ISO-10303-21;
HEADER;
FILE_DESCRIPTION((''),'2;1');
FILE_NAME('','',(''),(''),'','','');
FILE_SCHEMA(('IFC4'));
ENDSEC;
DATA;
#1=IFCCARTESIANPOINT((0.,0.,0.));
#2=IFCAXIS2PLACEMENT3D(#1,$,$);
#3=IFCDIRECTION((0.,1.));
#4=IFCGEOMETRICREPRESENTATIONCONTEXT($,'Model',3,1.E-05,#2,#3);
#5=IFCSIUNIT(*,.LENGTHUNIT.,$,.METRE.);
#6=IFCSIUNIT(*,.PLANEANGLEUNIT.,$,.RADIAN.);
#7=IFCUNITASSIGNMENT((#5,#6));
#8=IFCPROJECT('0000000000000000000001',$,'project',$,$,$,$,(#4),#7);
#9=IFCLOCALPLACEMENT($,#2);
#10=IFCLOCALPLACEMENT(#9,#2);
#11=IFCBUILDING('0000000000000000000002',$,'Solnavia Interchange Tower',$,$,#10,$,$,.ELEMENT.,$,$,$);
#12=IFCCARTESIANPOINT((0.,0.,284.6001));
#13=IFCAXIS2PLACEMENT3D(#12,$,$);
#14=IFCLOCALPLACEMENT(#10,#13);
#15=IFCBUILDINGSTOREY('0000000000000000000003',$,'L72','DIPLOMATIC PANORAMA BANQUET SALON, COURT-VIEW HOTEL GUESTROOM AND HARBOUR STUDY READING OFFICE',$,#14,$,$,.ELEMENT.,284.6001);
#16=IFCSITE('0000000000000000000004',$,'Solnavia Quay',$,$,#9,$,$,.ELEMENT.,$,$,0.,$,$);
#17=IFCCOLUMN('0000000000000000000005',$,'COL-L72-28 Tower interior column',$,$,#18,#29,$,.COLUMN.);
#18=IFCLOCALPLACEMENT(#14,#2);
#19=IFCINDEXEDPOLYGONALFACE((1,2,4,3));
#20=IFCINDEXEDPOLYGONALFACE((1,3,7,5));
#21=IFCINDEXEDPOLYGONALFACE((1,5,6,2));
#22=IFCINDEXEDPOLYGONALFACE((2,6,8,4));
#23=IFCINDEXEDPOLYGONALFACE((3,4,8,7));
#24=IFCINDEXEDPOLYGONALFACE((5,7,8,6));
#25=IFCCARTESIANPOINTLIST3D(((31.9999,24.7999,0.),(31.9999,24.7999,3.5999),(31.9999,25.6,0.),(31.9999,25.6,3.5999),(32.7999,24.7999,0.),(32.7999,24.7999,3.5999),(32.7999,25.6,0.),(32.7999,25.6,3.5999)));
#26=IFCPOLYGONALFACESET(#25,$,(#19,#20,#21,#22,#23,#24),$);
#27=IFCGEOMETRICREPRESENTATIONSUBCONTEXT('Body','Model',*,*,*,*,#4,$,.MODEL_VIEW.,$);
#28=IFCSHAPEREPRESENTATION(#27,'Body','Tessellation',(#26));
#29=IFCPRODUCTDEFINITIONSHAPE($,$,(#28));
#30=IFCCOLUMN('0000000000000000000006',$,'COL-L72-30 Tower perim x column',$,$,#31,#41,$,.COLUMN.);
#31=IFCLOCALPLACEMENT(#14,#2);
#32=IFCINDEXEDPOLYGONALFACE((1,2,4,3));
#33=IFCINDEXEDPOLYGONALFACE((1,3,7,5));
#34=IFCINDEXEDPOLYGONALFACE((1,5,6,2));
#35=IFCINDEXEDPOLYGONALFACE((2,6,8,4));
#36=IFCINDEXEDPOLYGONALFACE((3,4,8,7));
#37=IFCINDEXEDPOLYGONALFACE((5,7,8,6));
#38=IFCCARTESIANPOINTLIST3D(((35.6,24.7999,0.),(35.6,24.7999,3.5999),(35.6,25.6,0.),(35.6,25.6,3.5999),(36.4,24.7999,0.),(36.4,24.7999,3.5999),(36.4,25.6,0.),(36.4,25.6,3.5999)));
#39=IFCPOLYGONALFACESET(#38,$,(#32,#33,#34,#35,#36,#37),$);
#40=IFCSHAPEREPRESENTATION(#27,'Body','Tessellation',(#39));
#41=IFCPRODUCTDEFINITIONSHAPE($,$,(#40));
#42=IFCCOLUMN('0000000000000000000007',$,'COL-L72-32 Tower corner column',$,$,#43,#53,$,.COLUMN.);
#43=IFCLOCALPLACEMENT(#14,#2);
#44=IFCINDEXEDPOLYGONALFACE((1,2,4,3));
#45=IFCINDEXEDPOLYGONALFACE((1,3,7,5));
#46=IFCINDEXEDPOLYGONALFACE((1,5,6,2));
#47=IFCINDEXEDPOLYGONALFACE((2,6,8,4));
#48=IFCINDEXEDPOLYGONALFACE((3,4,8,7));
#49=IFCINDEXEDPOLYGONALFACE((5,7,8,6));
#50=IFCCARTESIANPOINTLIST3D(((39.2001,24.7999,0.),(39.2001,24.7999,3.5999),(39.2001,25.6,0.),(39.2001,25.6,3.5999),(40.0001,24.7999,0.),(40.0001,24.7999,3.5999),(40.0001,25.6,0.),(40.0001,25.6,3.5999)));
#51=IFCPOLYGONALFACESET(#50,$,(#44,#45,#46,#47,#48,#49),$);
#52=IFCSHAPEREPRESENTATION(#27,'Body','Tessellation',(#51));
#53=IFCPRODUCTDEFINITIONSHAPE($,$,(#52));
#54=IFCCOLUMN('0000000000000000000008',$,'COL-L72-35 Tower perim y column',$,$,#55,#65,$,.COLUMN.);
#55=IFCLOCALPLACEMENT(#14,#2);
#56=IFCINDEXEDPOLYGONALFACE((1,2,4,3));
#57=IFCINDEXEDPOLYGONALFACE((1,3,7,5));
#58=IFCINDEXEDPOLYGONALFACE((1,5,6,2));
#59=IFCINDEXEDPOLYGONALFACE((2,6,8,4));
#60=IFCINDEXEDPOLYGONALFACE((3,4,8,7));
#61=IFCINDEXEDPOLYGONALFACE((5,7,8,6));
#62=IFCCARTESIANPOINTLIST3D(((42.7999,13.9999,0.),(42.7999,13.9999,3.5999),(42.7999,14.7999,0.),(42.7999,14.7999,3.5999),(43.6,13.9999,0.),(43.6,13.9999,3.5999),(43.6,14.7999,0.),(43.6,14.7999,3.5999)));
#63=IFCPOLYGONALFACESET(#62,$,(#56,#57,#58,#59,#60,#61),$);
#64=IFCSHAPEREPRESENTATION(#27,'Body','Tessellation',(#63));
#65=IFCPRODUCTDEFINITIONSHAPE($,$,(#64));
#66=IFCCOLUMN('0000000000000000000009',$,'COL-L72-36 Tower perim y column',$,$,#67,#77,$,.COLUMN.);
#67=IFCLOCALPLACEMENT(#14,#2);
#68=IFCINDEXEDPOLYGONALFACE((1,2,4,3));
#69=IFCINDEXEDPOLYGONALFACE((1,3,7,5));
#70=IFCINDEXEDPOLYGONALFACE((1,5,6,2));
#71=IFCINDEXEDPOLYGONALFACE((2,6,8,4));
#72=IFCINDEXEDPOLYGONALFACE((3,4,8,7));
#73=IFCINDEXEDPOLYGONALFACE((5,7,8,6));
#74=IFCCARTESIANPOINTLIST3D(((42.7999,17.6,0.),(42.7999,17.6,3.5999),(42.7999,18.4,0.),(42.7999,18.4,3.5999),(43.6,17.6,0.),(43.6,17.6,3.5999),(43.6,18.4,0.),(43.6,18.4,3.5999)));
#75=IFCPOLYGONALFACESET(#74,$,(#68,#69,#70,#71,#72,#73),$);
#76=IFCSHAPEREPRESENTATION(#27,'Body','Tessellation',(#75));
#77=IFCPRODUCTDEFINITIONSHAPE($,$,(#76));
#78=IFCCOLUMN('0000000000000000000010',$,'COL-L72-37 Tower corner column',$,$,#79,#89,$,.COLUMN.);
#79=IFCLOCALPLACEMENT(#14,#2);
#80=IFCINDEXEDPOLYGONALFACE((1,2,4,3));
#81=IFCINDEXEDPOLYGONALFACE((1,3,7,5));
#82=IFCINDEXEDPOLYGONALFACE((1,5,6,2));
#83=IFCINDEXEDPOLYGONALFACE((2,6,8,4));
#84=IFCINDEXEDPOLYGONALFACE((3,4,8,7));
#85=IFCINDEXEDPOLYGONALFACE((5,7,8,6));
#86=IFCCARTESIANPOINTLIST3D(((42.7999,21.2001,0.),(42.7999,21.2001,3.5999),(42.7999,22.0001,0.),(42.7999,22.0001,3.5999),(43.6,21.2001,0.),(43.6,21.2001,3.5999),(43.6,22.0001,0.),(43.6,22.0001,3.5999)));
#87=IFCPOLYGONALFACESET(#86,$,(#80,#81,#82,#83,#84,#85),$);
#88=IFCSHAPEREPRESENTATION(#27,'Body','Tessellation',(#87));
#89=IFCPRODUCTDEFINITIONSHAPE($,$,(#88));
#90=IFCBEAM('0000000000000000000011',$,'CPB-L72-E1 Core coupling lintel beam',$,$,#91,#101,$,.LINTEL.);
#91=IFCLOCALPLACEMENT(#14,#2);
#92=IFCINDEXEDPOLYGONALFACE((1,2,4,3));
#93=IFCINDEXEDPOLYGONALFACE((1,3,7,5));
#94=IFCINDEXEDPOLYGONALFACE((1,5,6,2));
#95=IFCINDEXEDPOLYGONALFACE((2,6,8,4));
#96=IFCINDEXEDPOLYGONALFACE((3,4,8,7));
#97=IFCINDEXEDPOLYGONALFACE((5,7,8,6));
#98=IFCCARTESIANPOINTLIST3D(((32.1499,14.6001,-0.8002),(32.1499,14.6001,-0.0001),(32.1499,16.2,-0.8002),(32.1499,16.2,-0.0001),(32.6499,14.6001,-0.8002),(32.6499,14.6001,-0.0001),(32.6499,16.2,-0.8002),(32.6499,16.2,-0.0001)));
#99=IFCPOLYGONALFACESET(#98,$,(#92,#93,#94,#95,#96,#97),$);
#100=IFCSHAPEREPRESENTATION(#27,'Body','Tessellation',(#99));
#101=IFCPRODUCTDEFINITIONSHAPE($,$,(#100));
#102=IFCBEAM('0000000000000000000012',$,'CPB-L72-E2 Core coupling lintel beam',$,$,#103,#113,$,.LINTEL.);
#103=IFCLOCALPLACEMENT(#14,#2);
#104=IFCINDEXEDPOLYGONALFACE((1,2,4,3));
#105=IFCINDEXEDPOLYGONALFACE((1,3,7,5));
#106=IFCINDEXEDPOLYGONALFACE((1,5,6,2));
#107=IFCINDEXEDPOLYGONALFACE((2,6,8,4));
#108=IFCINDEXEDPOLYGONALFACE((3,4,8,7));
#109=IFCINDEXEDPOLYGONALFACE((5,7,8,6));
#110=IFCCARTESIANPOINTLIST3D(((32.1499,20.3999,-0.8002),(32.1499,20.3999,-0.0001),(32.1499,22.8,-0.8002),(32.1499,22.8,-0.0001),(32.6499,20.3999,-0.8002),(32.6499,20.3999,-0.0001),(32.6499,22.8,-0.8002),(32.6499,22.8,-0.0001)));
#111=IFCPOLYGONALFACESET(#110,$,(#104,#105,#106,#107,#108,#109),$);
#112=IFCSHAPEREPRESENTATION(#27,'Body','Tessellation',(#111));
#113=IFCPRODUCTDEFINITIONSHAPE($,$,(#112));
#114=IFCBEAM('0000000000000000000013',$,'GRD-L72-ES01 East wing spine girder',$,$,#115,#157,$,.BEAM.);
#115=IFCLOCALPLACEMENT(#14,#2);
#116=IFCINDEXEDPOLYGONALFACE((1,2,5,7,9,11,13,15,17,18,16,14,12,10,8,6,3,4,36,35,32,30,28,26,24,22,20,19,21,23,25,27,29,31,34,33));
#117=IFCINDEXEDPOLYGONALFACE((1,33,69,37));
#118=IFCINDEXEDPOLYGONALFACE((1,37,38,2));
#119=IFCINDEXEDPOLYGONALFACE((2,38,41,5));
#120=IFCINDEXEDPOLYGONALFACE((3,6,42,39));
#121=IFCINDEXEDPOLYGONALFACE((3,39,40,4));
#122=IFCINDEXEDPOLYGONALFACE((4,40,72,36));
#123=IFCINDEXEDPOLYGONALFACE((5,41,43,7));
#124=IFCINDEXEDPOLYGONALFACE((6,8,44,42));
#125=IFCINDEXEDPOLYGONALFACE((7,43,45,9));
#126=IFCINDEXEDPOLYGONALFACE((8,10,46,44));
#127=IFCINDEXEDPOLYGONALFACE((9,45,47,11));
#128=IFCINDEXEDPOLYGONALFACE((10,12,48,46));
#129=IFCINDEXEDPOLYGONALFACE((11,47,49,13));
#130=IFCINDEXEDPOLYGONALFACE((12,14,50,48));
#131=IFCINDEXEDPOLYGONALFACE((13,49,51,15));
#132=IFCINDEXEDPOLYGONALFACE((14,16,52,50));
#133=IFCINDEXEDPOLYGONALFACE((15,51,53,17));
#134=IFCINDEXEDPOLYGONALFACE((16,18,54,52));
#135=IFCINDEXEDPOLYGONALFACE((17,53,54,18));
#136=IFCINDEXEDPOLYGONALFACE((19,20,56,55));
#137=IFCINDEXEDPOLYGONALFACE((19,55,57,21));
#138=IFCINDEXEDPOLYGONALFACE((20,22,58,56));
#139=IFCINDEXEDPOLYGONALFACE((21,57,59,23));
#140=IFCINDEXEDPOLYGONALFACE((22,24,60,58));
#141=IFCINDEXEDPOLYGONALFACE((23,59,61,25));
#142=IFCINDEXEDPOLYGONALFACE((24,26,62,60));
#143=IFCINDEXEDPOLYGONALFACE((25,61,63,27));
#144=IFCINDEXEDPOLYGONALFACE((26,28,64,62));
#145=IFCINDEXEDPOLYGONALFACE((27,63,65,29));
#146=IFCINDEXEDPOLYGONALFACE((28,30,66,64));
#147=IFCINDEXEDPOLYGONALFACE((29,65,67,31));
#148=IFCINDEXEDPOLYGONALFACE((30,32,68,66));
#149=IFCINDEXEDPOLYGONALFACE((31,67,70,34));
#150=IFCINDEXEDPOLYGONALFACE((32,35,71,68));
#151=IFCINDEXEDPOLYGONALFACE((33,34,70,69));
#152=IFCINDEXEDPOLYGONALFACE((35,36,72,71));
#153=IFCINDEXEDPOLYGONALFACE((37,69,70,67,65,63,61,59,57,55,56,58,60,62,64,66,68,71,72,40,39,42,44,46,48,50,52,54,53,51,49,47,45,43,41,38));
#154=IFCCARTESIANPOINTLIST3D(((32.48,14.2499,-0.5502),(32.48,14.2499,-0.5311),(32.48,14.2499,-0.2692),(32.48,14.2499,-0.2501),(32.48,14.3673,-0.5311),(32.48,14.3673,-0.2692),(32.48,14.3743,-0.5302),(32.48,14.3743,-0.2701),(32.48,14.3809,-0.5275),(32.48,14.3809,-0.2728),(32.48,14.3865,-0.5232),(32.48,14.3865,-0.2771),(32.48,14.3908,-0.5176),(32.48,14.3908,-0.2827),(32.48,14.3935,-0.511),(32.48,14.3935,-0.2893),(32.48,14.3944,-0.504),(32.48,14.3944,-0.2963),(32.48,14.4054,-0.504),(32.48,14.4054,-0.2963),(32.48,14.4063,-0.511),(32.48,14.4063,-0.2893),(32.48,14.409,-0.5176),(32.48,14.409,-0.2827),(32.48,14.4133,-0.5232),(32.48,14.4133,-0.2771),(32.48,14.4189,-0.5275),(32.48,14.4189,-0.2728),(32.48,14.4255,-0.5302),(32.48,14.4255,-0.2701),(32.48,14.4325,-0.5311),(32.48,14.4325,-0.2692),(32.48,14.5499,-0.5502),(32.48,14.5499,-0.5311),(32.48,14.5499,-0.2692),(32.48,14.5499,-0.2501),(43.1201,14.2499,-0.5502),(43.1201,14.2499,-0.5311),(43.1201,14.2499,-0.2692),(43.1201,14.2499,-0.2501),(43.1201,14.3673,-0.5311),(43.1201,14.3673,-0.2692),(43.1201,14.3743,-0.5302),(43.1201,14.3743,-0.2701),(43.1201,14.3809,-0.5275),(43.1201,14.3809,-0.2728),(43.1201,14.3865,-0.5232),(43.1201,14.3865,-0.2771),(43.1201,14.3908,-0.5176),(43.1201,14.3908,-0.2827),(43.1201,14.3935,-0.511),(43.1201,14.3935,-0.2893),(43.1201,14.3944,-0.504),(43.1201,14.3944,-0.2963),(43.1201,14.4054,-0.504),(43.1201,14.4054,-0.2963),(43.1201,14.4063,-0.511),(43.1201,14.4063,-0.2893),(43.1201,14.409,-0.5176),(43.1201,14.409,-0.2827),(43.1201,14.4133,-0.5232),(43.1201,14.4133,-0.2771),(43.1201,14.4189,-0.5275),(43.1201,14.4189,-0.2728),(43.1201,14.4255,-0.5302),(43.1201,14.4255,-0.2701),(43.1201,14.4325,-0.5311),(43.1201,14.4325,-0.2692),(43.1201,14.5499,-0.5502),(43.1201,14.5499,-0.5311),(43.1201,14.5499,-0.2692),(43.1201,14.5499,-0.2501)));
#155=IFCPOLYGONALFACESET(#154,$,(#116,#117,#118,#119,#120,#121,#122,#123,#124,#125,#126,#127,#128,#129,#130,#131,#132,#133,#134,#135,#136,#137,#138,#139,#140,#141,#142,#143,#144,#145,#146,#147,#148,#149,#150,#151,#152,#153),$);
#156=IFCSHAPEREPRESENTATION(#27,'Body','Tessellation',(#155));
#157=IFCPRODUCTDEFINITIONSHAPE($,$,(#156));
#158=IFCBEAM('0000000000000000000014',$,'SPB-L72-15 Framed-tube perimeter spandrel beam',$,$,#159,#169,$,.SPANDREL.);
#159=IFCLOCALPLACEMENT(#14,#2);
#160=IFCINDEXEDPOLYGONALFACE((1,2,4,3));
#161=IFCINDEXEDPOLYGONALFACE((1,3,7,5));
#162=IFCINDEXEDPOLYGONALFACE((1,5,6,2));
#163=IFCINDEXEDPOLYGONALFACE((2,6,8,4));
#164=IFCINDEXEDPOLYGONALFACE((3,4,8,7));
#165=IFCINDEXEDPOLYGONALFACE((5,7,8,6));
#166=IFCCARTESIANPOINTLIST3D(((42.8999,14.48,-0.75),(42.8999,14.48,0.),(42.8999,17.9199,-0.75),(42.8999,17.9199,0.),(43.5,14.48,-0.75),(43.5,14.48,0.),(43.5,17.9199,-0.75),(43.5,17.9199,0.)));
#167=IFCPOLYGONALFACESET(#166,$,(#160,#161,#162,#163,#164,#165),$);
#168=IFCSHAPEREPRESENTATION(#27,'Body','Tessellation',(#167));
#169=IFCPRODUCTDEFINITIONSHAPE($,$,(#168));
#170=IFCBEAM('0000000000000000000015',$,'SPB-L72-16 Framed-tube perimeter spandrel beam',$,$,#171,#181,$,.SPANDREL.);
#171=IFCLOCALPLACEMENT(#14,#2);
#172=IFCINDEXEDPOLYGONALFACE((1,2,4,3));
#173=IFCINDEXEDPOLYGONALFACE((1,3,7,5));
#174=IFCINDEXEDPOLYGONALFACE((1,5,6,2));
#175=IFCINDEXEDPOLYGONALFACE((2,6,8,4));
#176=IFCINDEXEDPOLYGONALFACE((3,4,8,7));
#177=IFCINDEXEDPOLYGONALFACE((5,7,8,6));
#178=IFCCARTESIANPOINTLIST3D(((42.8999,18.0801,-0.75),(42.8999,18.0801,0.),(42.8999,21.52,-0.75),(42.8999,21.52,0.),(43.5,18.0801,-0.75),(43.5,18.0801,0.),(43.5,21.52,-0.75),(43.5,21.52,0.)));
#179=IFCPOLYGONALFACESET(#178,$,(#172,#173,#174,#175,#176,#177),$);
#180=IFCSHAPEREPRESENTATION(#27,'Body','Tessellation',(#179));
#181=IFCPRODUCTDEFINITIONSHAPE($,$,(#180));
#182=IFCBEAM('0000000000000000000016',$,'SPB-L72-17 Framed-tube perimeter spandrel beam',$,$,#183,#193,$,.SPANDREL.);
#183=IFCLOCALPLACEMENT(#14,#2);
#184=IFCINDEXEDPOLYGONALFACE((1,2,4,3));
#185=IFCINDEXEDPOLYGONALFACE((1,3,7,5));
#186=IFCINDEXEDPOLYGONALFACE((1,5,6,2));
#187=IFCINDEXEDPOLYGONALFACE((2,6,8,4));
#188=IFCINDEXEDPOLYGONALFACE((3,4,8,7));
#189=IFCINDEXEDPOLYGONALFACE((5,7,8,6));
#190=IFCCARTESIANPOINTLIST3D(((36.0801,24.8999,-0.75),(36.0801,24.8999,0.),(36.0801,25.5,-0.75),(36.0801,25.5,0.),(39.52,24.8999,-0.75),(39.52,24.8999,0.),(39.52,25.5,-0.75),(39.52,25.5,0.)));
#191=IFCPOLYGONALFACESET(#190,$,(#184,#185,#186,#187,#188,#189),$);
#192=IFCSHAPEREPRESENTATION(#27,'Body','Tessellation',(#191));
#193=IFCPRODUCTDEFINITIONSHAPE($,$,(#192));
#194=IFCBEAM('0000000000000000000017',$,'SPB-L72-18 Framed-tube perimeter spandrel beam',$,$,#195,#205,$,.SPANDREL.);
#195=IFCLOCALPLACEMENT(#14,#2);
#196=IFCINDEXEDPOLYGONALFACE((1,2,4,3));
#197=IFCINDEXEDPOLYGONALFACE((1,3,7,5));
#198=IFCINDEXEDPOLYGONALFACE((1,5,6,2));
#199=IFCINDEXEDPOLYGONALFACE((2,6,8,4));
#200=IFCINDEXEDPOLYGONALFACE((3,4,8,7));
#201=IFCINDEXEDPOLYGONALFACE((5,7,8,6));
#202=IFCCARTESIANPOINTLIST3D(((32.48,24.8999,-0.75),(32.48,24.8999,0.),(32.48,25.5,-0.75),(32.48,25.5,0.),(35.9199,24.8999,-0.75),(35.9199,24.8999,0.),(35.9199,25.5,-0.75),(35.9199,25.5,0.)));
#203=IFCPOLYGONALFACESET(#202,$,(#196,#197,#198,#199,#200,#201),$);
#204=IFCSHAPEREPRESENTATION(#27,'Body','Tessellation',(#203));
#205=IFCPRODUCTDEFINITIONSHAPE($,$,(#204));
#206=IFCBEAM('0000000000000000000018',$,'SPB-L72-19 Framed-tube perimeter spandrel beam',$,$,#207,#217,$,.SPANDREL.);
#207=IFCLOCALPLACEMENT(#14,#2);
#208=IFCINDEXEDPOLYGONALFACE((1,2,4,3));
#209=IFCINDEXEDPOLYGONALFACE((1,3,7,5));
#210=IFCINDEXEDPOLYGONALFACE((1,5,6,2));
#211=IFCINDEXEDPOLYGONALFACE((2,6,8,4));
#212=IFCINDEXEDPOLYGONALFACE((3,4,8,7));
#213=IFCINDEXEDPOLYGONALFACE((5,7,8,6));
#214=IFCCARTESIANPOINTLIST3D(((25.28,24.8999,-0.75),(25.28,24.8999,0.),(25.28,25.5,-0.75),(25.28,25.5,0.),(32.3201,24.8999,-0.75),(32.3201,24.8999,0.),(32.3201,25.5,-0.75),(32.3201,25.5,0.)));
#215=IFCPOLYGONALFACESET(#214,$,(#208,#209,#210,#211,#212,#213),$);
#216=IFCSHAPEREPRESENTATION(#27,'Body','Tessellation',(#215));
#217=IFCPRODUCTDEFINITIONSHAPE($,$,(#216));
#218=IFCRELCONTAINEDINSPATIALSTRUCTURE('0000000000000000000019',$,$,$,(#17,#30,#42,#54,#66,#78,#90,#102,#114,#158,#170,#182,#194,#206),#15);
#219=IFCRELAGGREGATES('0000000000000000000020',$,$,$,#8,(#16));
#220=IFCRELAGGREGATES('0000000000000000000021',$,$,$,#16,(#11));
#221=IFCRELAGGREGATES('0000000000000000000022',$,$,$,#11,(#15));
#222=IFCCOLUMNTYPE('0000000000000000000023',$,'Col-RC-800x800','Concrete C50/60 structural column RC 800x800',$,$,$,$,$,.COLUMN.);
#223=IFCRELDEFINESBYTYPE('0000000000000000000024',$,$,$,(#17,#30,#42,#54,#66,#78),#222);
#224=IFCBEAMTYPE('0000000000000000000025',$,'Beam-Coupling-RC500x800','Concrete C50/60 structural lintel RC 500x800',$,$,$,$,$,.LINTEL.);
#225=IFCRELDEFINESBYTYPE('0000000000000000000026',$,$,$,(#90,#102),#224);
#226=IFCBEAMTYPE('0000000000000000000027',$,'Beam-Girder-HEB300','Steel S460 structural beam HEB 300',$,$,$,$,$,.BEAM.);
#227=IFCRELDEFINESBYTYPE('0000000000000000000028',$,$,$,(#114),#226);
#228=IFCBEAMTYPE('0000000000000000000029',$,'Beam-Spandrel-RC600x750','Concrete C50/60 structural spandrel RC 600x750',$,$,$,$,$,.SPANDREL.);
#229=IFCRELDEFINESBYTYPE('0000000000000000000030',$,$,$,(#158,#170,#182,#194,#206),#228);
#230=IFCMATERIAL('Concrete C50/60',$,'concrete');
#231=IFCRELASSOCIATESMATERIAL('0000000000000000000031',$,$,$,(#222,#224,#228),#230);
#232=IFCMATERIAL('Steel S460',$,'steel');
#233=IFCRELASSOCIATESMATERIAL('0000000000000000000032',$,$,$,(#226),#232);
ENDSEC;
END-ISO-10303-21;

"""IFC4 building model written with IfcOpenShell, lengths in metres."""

from ifc_helpers import new_model, si_unit, direction, frame, origin, origin_2d, place, context, subcontext, project, spatial, rectangle, i_section, extrude, material, material_profile, profile_set, type_object, element, save


model = new_model("IFC4")

# Units and contexts
model_context = context("Model", 3, precision=1e-05, world=origin(), true_north=direction((0.0, 1.0)))
body_context = subcontext(model_context, "Body", "Model", "MODEL_VIEW")
ifc_project = project(units=[si_unit("LENGTHUNIT", "METRE"), si_unit("PLANEANGLEUNIT", "RADIAN")], contexts=[model_context])

# Site, building, storey
site_placement = place(None, origin())
site = spatial("IfcSite", under=ifc_project, at=site_placement, Name="Solnavia Quay", CompositionType="ELEMENT", RefElevation=0.0)
building_placement = place(site_placement, origin())
building = spatial("IfcBuilding", under=site, at=building_placement, Name="Solnavia Interchange Tower", CompositionType="ELEMENT")
storey_placement = place(building_placement, frame((0.0, 0.0, 284.6001)))
storey = spatial("IfcBuildingStorey", under=building, at=storey_placement, Name="L72", Description="DIPLOMATIC PANORAMA BANQUET SALON, COURT-VIEW HOTEL GUESTROOM AND HARBOUR STUDY READING OFFICE", CompositionType="ELEMENT", Elevation=284.6001)

# Columns
ifc_material_1 = material(Name="Concrete C50/60", Category="concrete")
ifc_material_profile_1 = material_profile(ifc_material_1, rectangle(XDim=0.8, YDim=0.8, at=origin_2d()), Name="RC 800x800")
ifc_profile_set_1 = profile_set([ifc_material_profile_1], Name="Concrete C50/60")
column_type = type_object("IfcColumnType", Name="Col-RC-800x800", Description="Concrete C50/60 structural column RC 800x800", PredefinedType="COLUMN", material=ifc_profile_set_1)
for number, where, z_axis, x_axis, name in (
    (1, (32.3999, 25.2, 0.0), (0.0, 0.0, 1.0), (1.0, 0.0, 0.0), "COL-L72-28 Tower interior column"),
    (2, (36.0, 25.2, 0.0), (0.0, 0.0, 1.0), (1.0, 0.0, 0.0), "COL-L72-30 Tower perim x column"),
    (3, (39.6001, 25.2, 0.0), (0.0, 0.0, 1.0), (1.0, 0.0, 0.0), "COL-L72-32 Tower corner column"),
    (4, (43.2, 14.3999, 0.0), (0.0, 0.0, 1.0), (0.0, 1.0, 0.0), "COL-L72-35 Tower perim y column"),
    (5, (43.2, 18.0, 0.0), (0.0, 0.0, 1.0), (0.0, 1.0, 0.0), "COL-L72-36 Tower perim y column"),
    (6, (43.2, 21.6001, 0.0), (0.0, 0.0, 1.0), (0.0, 1.0, 0.0), "COL-L72-37 Tower corner column"),
):
    element("IfcColumn", number, at=place(storey_placement, frame(where, z_axis=z_axis, x_axis=x_axis)), inside=storey, type_object=column_type, Name=name, PredefinedType="COLUMN", context=body_context, shape_type="SweptSolid", body=[
        extrude(rectangle(XDim=0.8, YDim=0.8, at=origin_2d()), origin(), (0.0, 0.0, 1.0), 3.5999),
    ])

# Beams
ifc_material_profile_2 = material_profile(ifc_material_1, rectangle(XDim=0.5, YDim=0.8, at=origin_2d()), Name="RC 500x800")
ifc_profile_set_2 = profile_set([ifc_material_profile_2], Name="Concrete C50/60")
beam_type_1 = type_object("IfcBeamType", Name="Beam-Coupling-RC500x800", Description="Concrete C50/60 structural lintel RC 500x800", PredefinedType="LINTEL", material=ifc_profile_set_2)
beam_1_placement = place(storey_placement, frame((32.3999, 14.6001, -0.4001), z_axis=(0.0, 1.0, 0.0), x_axis=(-1.0, 0.0, 0.0)))
element("IfcBeam", 7, at=beam_1_placement, inside=storey, type_object=beam_type_1, Name="CPB-L72-E1 Core coupling lintel beam", PredefinedType="LINTEL", context=body_context, shape_type="SweptSolid", body=[
    extrude(rectangle(XDim=0.5, YDim=0.8, at=origin_2d()), origin(), (0.0, 0.0, 1.0), 1.5999),
])
beam_2_placement = place(storey_placement, frame((32.3999, 20.3999, -0.4001), z_axis=(0.0, 1.0, 0.0), x_axis=(-1.0, 0.0, 0.0)))
element("IfcBeam", 8, at=beam_2_placement, inside=storey, type_object=beam_type_1, Name="CPB-L72-E2 Core coupling lintel beam", PredefinedType="LINTEL", context=body_context, shape_type="SweptSolid", body=[
    extrude(rectangle(XDim=0.5, YDim=0.8, at=origin_2d()), origin(), (0.0, 0.0, 1.0), 2.4001),
])
ifc_material_2 = material(Name="Steel S460", Category="steel")
ifc_material_profile_3 = material_profile(ifc_material_2, i_section(OverallWidth=0.3, OverallDepth=0.3, WebThickness=0.011, FlangeThickness=0.019, FilletRadius=0.0271, at=origin_2d()), Name="HEB 300")
ifc_profile_set_3 = profile_set([ifc_material_profile_3], Name="Steel S460")
beam_type_2 = type_object("IfcBeamType", Name="Beam-Girder-HEB300", Description="Steel S460 structural beam HEB 300", PredefinedType="BEAM", material=ifc_profile_set_3)
beam_3_placement = place(storey_placement, frame((32.48, 14.3999, -0.4001), z_axis=(1.0, 0.0, 0.0), x_axis=(0.0, 1.0, 0.0)))
element("IfcBeam", 9, at=beam_3_placement, inside=storey, type_object=beam_type_2, Name="GRD-L72-ES01 East wing spine girder", PredefinedType="BEAM", context=body_context, shape_type="SweptSolid", body=[
    extrude(i_section(OverallWidth=0.3, OverallDepth=0.3, WebThickness=0.011, FlangeThickness=0.019, FilletRadius=0.0271, at=origin_2d()), origin(), (0.0, 0.0, 1.0), 10.6401),
])
ifc_material_profile_4 = material_profile(ifc_material_1, rectangle(XDim=0.6001, YDim=0.75, at=origin_2d()), Name="RC 600x750")
ifc_profile_set_4 = profile_set([ifc_material_profile_4], Name="Concrete C50/60")
beam_type_3 = type_object("IfcBeamType", Name="Beam-Spandrel-RC600x750", Description="Concrete C50/60 structural spandrel RC 600x750", PredefinedType="SPANDREL", material=ifc_profile_set_4)
for number, where, z_axis, x_axis, name in (
    (10, (43.2, 14.48, -0.375), (0.0, 1.0, 0.0), (-1.0, 0.0, 0.0), "SPB-L72-15 Framed-tube perimeter spandrel beam"),
    (11, (43.2, 18.0801, -0.375), (0.0, 1.0, 0.0), (-1.0, 0.0, 0.0), "SPB-L72-16 Framed-tube perimeter spandrel beam"),
    (12, (39.52, 25.2, -0.375), (-1.0, 0.0, 0.0), (0.0, -1.0, 0.0), "SPB-L72-17 Framed-tube perimeter spandrel beam"),
    (13, (35.9199, 25.2, -0.375), (-1.0, 0.0, 0.0), (0.0, -1.0, 0.0), "SPB-L72-18 Framed-tube perimeter spandrel beam"),
):
    element("IfcBeam", number, at=place(storey_placement, frame(where, z_axis=z_axis, x_axis=x_axis)), inside=storey, type_object=beam_type_3, Name=name, PredefinedType="SPANDREL", context=body_context, shape_type="SweptSolid", body=[
        extrude(rectangle(XDim=0.6001, YDim=0.75, at=origin_2d()), origin(), (0.0, 0.0, 1.0), 3.4399),
    ])
beam_4_placement = place(storey_placement, frame((32.3201, 25.2, -0.375), z_axis=(-1.0, 0.0, 0.0), x_axis=(0.0, -1.0, 0.0)))
element("IfcBeam", 14, at=beam_4_placement, inside=storey, type_object=beam_type_3, Name="SPB-L72-19 Framed-tube perimeter spandrel beam", PredefinedType="SPANDREL", context=body_context, shape_type="SweptSolid", body=[
    extrude(rectangle(XDim=0.6001, YDim=0.75, at=origin_2d()), origin(), (0.0, 0.0, 1.0), 7.04),
])

save(model, "model.ifc")
